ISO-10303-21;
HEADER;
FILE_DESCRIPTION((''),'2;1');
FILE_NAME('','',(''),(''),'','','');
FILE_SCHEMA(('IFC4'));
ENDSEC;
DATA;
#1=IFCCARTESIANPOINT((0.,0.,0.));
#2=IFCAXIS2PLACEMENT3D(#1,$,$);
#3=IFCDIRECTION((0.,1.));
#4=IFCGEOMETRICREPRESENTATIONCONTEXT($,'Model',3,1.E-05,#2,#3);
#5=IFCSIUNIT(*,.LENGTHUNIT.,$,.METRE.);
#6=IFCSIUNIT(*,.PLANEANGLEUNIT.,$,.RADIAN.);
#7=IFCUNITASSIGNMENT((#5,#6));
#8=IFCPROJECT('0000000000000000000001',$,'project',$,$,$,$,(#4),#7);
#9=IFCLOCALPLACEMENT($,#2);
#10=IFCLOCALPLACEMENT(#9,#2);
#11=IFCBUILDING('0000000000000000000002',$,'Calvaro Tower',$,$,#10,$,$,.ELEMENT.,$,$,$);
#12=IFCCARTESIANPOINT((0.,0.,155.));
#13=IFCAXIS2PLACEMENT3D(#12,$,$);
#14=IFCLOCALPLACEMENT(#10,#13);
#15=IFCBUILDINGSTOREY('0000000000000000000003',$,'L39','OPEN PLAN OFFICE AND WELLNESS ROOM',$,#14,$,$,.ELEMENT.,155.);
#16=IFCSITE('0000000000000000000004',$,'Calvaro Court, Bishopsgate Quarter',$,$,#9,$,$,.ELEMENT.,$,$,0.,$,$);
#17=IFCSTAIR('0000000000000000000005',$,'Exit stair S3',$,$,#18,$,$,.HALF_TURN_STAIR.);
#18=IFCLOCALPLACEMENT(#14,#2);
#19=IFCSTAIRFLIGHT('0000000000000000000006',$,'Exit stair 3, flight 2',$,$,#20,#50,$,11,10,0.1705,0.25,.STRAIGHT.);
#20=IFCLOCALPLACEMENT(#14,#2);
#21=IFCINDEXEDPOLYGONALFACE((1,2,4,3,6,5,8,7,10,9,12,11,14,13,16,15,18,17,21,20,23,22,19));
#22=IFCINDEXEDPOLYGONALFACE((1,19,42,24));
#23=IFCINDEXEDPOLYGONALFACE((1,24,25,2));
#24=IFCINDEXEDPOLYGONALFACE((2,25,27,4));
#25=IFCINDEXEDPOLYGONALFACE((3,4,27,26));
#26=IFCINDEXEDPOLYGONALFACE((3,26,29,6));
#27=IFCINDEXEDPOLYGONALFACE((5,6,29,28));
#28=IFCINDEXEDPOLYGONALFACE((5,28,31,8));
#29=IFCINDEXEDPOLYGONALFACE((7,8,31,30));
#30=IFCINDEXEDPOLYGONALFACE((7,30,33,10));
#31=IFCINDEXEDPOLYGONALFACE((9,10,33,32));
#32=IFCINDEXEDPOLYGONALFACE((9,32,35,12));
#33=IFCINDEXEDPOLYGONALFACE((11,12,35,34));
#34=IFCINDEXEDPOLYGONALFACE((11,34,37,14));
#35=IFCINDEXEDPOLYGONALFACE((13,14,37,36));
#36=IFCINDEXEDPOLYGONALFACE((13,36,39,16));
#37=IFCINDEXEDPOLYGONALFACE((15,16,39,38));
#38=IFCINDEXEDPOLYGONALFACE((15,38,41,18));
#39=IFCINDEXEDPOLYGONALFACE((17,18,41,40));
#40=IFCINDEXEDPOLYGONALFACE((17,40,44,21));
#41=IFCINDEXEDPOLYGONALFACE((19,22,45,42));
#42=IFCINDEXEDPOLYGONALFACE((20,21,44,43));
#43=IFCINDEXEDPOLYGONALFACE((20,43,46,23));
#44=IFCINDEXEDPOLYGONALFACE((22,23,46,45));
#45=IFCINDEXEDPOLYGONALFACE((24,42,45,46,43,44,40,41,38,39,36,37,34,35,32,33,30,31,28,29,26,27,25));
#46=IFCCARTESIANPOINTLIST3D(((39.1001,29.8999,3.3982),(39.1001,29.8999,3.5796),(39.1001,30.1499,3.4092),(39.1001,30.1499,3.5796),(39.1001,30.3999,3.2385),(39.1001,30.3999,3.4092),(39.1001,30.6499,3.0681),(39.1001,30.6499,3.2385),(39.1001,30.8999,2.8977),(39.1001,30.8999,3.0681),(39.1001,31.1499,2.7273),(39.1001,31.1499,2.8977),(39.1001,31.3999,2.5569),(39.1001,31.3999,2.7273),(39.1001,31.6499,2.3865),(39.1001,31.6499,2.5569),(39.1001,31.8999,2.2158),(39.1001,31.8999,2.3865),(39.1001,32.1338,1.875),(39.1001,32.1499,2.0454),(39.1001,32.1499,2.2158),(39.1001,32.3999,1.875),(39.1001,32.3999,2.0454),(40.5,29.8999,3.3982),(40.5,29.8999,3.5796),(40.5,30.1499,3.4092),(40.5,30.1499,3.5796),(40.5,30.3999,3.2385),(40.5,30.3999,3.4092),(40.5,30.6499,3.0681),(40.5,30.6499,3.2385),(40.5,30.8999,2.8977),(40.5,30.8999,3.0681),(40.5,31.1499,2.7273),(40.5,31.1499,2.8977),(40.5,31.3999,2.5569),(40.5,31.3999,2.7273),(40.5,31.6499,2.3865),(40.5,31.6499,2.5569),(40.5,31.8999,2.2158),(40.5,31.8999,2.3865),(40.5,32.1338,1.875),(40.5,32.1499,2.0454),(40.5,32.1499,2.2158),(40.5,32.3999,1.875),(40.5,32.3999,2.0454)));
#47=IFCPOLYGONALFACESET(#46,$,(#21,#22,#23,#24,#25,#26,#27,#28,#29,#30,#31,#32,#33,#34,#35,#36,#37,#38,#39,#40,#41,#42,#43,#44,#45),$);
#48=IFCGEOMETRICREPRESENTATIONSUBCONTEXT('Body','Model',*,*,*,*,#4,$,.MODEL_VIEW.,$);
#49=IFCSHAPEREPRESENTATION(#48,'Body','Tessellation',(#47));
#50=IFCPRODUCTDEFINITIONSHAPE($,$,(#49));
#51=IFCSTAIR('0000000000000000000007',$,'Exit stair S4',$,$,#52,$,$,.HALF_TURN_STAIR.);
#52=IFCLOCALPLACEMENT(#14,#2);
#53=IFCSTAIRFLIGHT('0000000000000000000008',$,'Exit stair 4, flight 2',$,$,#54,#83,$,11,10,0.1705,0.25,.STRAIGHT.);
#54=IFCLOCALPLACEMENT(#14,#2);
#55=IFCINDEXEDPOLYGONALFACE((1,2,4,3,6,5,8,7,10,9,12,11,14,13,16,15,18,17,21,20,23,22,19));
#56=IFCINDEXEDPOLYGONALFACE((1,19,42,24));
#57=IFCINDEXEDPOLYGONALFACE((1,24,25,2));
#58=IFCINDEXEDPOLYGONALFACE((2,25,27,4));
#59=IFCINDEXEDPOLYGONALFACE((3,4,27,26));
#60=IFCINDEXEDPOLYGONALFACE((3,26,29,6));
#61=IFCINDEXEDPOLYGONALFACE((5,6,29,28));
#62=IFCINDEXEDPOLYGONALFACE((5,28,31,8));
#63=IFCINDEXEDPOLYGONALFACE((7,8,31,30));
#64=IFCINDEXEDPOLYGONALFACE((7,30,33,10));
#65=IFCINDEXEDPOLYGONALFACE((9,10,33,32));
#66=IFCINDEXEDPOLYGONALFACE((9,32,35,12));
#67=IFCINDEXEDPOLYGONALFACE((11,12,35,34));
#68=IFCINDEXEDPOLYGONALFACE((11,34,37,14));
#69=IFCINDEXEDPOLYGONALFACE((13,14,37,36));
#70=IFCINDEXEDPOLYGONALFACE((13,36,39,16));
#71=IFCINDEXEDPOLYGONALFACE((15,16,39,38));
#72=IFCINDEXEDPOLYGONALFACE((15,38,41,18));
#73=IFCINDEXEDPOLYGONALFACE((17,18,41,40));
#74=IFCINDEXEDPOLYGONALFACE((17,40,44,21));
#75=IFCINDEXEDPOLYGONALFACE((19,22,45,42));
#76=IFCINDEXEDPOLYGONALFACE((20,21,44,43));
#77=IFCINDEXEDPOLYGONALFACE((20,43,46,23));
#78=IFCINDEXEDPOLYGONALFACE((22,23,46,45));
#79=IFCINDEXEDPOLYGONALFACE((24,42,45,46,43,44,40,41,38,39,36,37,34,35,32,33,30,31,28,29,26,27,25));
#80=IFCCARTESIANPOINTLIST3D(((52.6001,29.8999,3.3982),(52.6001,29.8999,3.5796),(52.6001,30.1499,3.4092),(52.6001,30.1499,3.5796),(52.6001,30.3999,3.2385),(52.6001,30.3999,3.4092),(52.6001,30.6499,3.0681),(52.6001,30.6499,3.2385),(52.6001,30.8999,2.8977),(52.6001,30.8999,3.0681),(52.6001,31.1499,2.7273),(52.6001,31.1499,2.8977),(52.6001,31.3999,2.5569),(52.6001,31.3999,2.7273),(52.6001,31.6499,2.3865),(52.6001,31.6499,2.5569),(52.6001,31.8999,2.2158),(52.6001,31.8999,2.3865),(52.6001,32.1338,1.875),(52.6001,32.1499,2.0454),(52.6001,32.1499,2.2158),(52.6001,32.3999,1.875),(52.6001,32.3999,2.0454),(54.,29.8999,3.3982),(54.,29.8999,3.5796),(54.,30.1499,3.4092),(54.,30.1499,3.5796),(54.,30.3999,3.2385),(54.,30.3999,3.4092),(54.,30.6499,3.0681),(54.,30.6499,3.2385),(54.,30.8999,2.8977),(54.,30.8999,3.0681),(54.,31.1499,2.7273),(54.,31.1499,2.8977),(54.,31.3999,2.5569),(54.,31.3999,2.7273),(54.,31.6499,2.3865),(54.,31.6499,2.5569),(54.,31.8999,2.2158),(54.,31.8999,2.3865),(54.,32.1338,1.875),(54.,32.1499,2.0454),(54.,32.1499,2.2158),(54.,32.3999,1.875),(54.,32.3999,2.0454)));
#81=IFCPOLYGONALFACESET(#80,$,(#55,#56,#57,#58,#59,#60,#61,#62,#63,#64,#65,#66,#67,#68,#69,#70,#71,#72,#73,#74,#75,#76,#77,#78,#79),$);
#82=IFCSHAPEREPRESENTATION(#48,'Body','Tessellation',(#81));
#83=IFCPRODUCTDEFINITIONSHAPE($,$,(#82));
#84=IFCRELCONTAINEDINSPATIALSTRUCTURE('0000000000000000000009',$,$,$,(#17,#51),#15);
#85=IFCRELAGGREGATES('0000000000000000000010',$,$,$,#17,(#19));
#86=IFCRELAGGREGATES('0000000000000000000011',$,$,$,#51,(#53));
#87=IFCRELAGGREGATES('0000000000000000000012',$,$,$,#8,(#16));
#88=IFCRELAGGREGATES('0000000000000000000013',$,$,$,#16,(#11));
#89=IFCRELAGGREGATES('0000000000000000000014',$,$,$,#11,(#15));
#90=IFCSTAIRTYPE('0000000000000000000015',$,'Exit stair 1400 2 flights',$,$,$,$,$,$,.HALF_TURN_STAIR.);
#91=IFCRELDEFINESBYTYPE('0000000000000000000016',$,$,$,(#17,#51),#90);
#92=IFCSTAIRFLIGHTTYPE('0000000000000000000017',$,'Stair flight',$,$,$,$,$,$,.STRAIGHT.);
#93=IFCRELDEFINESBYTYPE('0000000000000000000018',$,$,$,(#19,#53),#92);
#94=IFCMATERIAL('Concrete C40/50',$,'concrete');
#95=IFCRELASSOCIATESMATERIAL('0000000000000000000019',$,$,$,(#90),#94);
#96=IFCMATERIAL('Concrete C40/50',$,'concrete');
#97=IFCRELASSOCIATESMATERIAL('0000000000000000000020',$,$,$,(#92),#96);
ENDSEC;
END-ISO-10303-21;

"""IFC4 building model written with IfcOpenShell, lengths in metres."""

from ifc_helpers import new_model, si_unit, direction, frame, origin, place, context, subcontext, project, spatial, polyline, outline, extrude, material, type_object, element, aggregate, save


model = new_model("IFC4")

# Units and contexts
model_context = context("Model", 3, precision=1e-05, world=origin(), true_north=direction((0.0, 1.0)))
body_context = subcontext(model_context, "Body", "Model", "MODEL_VIEW")
ifc_project = project(units=[si_unit("LENGTHUNIT", "METRE"), si_unit("PLANEANGLEUNIT", "RADIAN")], contexts=[model_context])

# Site, building, storey
site_placement = place(None, origin())
site = spatial("IfcSite", under=ifc_project, at=site_placement, Name="Calvaro Court, Bishopsgate Quarter", CompositionType="ELEMENT", RefElevation=0.0)
building_placement = place(site_placement, origin())
building = spatial("IfcBuilding", under=site, at=building_placement, Name="Calvaro Tower", CompositionType="ELEMENT")
storey_placement = place(building_placement, frame((0.0, 0.0, 155.0)))
storey = spatial("IfcBuildingStorey", under=building, at=storey_placement, Name="L39", Description="OPEN PLAN OFFICE AND WELLNESS ROOM", CompositionType="ELEMENT", Elevation=155.0)

# Stairs, stair flights
ifc_material_1 = material(Name="Concrete C40/50", Category="concrete")
stair_type = type_object("IfcStairType", Name="Exit stair 1400 2 flights", PredefinedType="HALF_TURN_STAIR", material=ifc_material_1)
stair_1_placement = place(storey_placement, origin())
stair_1 = element("IfcStair", 1, at=stair_1_placement, inside=storey, type_object=stair_type, Name="Exit stair S3", PredefinedType="HALF_TURN_STAIR")
ifc_material_2 = material(Name="Concrete C40/50", Category="concrete")
stair_flight_type = type_object("IfcStairFlightType", Name="Stair flight", PredefinedType="STRAIGHT", material=ifc_material_2)
stair_flight_1_placement = place(storey_placement, frame((39.8, 32.3999, 1.875), z_axis=(0.0, 0.0, 1.0), x_axis=(0.0, -1.0, 0.0)))
stair_flight_1 = element("IfcStairFlight", 2, at=stair_flight_1_placement, type_object=stair_flight_type, Name="Exit stair 3, flight 2", NumberOfRisers=11, NumberOfTreads=10, PredefinedType="STRAIGHT", RiserHeight=0.1705, TreadLength=0.25, context=body_context, shape_type="SweptSolid", body=[
    extrude(outline(polyline([(0.0, 0.0), (0.0, 0.1704), (0.25, 0.1704), (0.25, 0.3408), (0.5, 0.3408), (0.5, 0.5115), (0.75, 0.5115), (0.75, 0.6819), (1.0, 0.6819), (1.0, 0.8523), (1.25, 0.8523), (1.25, 1.0227), (1.5, 1.0227), (1.5, 1.1931), (1.75, 1.1931), (1.75, 1.3635), (2.0, 1.3635), (2.0, 1.5342), (2.25, 1.5342), (2.25, 1.7046), (2.5, 1.7046), (2.5, 1.875), (2.5, 1.5232), (0.2661, 0.0), (0.0, 0.0)])), frame((0.0, 0.7, 0.0), z_axis=(0.0, -1.0, 0.0), x_axis=(1.0, 0.0, 0.0)), (0.0, 0.0, 1.0), 1.3999),
])
stair_2_placement = place(storey_placement, origin())
stair_2 = element("IfcStair", 3, at=stair_2_placement, inside=storey, type_object=stair_type, Name="Exit stair S4", PredefinedType="HALF_TURN_STAIR")
stair_flight_2_placement = place(storey_placement, frame((53.3, 32.3999, 1.875), z_axis=(0.0, 0.0, 1.0), x_axis=(0.0, -1.0, 0.0)))
stair_flight_2 = element("IfcStairFlight", 4, at=stair_flight_2_placement, type_object=stair_flight_type, Name="Exit stair 4, flight 2", NumberOfRisers=11, NumberOfTreads=10, PredefinedType="STRAIGHT", RiserHeight=0.1705, TreadLength=0.25, context=body_context, shape_type="SweptSolid", body=[
    extrude(outline(polyline([(0.0, 0.0), (0.0, 0.1704), (0.25, 0.1704), (0.25, 0.3408), (0.5, 0.3408), (0.5, 0.5115), (0.75, 0.5115), (0.75, 0.6819), (1.0, 0.6819), (1.0, 0.8523), (1.25, 0.8523), (1.25, 1.0227), (1.5, 1.0227), (1.5, 1.1931), (1.75, 1.1931), (1.75, 1.3635), (2.0, 1.3635), (2.0, 1.5342), (2.25, 1.5342), (2.25, 1.7046), (2.5, 1.7046), (2.5, 1.875), (2.5, 1.5232), (0.2661, 0.0), (0.0, 0.0)])), frame((0.0, 0.7, 0.0), z_axis=(0.0, -1.0, 0.0), x_axis=(1.0, 0.0, 0.0)), (0.0, 0.0, 1.0), 1.3999),
])

aggregate(stair_1, [stair_flight_1])
aggregate(stair_2, [stair_flight_2])

save(model, "model.ifc")
